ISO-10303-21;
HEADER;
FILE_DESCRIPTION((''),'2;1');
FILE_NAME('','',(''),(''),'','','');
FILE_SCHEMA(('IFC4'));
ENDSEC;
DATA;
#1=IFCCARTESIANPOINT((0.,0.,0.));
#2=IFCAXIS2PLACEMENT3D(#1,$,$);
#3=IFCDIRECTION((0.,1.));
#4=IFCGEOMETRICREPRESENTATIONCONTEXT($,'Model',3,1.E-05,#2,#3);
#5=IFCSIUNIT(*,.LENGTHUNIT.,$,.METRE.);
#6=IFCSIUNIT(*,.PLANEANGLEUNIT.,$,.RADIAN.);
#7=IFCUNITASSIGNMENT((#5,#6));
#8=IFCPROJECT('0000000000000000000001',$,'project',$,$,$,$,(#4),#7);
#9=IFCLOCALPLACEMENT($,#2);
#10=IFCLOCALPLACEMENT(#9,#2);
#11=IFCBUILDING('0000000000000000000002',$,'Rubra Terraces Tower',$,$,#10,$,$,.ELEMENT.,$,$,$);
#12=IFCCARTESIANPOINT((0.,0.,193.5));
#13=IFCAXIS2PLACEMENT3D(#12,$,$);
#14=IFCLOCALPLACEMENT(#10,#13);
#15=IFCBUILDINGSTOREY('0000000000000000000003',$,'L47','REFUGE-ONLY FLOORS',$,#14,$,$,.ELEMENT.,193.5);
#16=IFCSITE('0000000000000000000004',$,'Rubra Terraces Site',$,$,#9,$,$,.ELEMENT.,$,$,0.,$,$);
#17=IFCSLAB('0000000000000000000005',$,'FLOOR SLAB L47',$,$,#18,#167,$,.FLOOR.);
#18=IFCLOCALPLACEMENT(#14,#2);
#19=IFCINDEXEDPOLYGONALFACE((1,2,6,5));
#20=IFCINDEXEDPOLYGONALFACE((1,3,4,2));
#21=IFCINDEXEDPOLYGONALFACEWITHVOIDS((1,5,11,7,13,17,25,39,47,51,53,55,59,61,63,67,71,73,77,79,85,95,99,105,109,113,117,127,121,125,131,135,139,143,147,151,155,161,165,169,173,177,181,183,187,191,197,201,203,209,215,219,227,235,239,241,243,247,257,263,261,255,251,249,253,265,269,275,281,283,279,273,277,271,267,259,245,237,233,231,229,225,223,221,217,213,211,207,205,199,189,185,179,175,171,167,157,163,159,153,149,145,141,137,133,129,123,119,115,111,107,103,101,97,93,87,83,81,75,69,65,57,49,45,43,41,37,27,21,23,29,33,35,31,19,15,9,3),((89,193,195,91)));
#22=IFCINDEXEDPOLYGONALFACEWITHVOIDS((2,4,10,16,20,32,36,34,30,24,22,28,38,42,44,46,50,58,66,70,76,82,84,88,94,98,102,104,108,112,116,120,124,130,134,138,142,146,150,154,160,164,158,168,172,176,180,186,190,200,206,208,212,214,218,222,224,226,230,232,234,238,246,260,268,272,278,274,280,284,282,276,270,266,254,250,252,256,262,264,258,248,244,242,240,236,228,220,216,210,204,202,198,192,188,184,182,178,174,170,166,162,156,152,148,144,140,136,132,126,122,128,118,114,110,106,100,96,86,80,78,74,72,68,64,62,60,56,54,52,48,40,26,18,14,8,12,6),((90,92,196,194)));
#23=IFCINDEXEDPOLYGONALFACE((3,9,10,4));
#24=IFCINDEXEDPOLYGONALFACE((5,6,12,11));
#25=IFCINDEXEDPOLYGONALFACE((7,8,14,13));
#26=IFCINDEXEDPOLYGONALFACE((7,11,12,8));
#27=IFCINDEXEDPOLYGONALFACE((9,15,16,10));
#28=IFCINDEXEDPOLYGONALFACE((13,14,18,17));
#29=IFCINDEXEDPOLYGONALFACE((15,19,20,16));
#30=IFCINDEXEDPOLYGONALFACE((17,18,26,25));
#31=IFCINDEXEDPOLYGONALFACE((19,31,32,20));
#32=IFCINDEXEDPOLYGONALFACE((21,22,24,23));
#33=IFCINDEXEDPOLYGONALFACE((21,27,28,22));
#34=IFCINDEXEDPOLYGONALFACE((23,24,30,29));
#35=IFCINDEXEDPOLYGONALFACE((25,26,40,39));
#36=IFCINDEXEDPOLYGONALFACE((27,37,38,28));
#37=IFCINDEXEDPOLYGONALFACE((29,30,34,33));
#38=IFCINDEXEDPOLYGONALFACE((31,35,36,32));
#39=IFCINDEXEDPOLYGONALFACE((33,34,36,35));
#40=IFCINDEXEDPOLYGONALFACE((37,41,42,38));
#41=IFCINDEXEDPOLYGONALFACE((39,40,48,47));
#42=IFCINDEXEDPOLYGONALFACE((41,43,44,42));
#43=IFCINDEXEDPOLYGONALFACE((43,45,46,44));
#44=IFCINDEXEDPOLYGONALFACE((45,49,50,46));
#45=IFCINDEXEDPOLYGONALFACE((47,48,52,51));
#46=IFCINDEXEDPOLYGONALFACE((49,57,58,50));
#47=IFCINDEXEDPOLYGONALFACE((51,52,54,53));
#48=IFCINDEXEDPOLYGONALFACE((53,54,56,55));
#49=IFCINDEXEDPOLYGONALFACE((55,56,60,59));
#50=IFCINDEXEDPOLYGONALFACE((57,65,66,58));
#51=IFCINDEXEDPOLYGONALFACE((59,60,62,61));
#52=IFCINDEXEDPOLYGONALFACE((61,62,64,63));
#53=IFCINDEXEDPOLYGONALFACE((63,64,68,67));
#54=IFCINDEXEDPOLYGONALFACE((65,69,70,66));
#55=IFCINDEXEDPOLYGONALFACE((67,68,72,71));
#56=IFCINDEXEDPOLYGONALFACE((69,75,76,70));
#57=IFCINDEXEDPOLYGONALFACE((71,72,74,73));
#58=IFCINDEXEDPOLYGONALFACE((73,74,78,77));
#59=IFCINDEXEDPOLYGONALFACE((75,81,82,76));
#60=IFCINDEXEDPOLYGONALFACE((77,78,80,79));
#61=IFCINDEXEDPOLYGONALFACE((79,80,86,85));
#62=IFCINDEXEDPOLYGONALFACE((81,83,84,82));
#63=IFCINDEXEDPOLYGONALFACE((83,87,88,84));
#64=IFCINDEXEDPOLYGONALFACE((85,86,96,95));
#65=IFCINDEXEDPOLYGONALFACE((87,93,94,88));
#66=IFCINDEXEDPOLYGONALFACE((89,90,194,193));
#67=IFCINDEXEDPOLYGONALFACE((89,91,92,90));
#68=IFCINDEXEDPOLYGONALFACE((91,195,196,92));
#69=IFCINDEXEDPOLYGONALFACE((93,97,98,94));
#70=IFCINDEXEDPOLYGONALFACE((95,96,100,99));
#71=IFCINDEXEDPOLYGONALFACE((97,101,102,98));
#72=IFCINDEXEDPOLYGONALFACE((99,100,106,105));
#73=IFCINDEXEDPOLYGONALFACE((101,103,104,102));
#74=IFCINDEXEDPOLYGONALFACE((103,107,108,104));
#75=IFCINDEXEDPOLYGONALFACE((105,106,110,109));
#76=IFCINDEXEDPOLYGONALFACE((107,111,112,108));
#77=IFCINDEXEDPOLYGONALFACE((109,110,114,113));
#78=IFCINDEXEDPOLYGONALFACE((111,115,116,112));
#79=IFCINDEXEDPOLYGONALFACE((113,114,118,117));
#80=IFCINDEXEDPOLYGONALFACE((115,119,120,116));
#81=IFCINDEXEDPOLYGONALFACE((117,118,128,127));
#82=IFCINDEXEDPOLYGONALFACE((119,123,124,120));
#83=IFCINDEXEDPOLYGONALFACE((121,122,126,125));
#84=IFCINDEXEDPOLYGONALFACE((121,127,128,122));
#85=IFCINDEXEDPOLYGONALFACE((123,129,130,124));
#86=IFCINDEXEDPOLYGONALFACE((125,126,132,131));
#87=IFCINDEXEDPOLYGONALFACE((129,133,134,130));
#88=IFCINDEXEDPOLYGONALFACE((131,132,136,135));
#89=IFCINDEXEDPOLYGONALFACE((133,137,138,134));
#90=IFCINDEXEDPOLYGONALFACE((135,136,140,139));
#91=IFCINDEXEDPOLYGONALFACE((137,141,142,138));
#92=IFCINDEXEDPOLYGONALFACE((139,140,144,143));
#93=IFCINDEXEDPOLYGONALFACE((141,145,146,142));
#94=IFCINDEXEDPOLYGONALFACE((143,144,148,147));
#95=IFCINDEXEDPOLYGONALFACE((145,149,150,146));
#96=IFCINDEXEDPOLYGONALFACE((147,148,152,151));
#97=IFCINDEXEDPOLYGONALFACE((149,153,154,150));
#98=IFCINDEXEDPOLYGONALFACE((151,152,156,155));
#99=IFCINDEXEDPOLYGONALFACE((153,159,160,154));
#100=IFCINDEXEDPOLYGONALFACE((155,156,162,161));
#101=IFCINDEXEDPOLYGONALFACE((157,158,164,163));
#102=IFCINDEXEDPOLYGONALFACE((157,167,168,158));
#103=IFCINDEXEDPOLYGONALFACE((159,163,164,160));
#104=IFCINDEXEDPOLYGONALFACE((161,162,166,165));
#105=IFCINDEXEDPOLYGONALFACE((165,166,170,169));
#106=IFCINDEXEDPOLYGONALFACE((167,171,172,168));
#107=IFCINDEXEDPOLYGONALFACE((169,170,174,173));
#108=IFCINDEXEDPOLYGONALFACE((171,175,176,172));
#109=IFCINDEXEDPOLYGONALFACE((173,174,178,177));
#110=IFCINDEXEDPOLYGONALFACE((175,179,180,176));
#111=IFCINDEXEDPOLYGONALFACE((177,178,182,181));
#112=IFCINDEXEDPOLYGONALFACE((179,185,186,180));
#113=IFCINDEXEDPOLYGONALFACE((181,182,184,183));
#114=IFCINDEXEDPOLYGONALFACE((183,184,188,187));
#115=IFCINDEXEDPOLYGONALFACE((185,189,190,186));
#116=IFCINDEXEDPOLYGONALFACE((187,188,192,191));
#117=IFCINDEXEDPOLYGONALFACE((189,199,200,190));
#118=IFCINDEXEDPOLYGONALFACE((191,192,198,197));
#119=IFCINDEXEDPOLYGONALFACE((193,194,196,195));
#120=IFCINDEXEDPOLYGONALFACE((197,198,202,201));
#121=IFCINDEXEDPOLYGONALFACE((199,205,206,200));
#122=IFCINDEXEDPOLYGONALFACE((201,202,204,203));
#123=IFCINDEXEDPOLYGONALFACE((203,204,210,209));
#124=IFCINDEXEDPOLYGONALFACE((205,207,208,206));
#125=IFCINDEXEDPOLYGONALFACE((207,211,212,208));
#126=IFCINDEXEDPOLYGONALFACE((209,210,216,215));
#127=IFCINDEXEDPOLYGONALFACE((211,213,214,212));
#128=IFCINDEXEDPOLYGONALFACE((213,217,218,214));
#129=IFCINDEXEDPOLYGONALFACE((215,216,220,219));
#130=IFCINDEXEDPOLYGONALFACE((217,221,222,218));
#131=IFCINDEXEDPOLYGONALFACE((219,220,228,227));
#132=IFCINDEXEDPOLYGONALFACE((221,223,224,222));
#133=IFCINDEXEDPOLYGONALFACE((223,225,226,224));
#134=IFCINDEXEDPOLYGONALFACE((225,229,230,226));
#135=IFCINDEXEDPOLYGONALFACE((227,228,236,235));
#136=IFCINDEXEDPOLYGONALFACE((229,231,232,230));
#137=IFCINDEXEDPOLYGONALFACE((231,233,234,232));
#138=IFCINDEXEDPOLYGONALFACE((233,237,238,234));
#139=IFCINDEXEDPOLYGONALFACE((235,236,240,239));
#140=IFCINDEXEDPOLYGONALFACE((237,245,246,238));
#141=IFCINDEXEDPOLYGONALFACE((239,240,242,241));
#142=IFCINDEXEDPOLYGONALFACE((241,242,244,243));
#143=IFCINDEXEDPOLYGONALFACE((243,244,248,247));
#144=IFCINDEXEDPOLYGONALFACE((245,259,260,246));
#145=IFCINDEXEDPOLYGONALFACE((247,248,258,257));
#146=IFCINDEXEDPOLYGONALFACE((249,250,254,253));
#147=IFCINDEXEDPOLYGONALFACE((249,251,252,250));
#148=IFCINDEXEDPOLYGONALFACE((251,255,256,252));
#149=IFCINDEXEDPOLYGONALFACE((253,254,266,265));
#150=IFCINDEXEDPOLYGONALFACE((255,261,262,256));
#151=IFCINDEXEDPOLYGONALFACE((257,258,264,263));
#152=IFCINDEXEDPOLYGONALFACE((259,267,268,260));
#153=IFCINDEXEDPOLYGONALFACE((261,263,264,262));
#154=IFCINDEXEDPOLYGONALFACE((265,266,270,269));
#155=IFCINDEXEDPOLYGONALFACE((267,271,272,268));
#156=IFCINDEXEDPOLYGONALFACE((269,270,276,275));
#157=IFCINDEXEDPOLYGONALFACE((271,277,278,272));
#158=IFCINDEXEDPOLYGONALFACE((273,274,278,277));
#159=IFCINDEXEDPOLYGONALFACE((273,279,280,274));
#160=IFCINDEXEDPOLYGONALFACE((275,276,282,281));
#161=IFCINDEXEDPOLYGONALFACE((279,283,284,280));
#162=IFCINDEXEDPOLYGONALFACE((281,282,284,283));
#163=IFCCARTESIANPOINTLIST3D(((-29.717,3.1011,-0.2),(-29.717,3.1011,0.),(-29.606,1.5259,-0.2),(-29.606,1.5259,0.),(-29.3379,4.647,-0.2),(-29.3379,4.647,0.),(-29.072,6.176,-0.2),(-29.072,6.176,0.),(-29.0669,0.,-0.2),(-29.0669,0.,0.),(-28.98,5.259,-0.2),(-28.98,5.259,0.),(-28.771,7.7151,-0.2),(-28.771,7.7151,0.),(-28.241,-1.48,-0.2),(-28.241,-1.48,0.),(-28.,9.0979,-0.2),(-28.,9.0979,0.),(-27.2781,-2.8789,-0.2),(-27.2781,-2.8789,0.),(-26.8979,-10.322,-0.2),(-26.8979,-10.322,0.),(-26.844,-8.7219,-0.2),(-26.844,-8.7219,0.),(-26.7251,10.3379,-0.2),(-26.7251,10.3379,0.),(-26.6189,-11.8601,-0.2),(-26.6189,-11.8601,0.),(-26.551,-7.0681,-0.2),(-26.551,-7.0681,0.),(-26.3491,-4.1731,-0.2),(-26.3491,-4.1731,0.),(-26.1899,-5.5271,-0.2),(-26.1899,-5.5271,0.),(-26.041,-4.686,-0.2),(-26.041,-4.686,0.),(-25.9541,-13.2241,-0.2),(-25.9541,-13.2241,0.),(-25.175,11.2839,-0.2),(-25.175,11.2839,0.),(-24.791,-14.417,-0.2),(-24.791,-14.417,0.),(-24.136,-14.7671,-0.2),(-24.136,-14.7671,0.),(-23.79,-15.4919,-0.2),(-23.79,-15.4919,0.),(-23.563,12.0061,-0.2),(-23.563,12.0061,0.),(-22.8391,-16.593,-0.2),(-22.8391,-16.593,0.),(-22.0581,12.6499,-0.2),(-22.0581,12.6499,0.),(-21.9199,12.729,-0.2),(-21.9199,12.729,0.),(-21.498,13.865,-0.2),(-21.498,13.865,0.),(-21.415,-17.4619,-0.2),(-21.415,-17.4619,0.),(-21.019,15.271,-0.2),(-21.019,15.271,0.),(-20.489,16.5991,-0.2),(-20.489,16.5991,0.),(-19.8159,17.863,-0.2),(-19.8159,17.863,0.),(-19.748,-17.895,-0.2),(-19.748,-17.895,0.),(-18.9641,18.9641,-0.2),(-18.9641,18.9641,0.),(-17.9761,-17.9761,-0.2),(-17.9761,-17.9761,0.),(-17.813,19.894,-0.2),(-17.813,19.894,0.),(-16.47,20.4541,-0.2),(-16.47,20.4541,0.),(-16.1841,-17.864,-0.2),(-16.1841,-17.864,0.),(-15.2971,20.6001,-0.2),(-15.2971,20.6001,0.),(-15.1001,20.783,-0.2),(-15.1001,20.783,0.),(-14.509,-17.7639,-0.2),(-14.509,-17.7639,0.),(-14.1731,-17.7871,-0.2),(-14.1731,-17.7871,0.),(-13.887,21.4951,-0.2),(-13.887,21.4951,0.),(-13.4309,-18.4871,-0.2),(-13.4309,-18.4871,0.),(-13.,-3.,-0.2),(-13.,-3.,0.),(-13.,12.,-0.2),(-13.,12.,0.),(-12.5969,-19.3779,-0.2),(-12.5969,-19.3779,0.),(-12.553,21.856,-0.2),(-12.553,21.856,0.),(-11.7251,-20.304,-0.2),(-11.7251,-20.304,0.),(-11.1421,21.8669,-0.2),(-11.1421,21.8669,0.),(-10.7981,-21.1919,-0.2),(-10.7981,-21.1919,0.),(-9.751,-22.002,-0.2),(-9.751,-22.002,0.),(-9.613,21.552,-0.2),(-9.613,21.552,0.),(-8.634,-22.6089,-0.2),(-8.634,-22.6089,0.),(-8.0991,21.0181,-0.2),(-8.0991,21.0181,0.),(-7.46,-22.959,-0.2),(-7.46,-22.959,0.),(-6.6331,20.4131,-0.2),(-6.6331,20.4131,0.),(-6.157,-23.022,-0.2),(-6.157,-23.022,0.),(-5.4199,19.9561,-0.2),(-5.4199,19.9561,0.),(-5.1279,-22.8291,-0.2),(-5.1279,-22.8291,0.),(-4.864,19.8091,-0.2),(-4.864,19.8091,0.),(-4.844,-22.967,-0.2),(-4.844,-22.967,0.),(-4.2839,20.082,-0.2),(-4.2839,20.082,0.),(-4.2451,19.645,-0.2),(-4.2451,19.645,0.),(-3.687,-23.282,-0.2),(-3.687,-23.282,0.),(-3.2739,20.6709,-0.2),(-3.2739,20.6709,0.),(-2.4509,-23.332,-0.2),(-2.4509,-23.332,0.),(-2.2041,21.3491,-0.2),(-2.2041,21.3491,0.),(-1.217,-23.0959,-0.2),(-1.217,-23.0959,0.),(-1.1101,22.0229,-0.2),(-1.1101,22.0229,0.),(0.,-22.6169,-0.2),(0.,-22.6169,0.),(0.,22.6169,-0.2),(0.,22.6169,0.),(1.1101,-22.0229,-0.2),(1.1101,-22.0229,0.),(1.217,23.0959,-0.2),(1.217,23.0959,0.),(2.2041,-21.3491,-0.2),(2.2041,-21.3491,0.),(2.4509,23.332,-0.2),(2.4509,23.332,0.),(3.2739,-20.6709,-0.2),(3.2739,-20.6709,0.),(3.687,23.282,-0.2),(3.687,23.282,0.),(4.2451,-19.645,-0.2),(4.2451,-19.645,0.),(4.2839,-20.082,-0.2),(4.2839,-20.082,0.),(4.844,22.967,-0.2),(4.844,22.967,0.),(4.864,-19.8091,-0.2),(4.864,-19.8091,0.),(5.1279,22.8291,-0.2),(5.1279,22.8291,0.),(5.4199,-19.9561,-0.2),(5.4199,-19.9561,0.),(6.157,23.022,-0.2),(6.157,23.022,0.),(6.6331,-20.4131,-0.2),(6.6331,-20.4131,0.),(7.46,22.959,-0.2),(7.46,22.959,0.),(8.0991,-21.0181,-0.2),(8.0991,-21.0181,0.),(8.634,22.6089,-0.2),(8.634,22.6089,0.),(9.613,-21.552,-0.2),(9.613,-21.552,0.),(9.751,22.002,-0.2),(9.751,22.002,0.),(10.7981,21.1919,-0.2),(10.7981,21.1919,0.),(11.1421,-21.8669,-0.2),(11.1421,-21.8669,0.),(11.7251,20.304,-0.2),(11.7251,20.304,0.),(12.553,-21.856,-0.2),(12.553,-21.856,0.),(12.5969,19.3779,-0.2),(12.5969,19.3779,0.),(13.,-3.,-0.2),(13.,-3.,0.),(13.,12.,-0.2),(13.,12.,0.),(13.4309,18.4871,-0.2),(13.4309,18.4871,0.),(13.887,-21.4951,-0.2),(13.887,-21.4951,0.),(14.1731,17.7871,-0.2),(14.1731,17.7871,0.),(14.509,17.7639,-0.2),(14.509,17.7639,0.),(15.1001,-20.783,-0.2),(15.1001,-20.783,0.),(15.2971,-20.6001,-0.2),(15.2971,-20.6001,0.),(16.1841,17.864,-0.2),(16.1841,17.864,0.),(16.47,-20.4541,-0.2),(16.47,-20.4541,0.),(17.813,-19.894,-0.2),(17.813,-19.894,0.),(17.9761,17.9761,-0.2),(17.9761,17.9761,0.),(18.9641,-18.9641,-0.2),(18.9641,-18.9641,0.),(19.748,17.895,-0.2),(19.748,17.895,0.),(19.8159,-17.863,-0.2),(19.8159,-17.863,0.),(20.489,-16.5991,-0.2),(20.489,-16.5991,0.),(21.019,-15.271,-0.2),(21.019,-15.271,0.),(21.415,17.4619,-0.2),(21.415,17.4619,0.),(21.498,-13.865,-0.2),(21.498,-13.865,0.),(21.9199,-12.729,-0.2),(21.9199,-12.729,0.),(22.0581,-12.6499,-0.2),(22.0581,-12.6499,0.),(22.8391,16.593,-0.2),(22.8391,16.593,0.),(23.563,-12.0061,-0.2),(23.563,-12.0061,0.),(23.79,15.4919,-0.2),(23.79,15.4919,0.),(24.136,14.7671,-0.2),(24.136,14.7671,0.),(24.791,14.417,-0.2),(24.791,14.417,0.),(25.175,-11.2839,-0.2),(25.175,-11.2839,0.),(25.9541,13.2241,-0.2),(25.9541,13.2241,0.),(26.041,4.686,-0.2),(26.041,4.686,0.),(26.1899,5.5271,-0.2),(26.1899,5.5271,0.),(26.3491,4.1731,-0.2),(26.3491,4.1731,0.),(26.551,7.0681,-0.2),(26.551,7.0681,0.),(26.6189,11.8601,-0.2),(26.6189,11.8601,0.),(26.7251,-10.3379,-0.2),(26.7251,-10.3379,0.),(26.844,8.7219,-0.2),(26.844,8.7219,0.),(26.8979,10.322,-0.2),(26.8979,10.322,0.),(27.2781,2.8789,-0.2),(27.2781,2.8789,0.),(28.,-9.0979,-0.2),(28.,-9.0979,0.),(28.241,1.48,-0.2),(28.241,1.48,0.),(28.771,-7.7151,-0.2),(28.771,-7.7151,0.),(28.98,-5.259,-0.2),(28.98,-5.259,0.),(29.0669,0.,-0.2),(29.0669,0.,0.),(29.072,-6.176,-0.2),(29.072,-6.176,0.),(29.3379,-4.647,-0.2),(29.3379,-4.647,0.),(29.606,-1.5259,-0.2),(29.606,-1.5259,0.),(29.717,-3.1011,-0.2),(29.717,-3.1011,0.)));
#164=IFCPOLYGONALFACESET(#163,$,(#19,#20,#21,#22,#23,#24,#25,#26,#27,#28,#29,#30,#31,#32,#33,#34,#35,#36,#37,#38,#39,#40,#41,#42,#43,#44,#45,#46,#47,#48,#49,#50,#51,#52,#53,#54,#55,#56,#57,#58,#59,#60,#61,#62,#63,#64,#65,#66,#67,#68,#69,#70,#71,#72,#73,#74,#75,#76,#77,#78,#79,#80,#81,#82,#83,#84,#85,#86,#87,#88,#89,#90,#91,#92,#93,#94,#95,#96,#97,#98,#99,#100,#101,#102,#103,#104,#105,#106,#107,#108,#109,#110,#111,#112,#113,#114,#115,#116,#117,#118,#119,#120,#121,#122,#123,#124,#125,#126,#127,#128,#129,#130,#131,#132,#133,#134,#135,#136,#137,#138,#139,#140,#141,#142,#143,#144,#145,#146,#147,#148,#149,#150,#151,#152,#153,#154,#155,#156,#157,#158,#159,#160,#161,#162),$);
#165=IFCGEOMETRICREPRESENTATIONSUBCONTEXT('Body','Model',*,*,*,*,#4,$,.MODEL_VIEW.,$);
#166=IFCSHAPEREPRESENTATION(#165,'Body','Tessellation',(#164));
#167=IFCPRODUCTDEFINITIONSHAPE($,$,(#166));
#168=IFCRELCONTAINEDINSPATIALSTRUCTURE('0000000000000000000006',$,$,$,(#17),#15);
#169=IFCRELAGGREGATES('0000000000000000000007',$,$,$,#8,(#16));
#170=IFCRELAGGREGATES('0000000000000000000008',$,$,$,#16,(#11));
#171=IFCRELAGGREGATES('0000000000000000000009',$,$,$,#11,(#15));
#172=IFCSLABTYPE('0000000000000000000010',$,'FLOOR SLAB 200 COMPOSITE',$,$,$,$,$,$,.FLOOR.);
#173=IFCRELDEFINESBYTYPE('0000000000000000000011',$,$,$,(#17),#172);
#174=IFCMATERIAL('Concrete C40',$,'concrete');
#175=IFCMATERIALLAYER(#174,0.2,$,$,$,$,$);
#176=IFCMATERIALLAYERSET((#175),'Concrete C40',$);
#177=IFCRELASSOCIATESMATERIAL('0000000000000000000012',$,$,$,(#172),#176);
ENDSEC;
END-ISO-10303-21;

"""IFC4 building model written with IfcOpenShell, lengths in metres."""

from ifc_helpers import new_model, si_unit, direction, frame, origin, place, context, subcontext, project, spatial, polyline, outline, extrude, material, layer, layer_set, type_object, element, save


model = new_model("IFC4")

# Units and contexts
model_context = context("Model", 3, precision=1e-05, world=origin(), true_north=direction((0.0, 1.0)))
body_context = subcontext(model_context, "Body", "Model", "MODEL_VIEW")
ifc_project = project(units=[si_unit("LENGTHUNIT", "METRE"), si_unit("PLANEANGLEUNIT", "RADIAN")], contexts=[model_context])

# Site, building, storey
site_placement = place(None, origin())
site = spatial("IfcSite", under=ifc_project, at=site_placement, Name="Rubra Terraces Site", CompositionType="ELEMENT", RefElevation=0.0)
building_placement = place(site_placement, origin())
building = spatial("IfcBuilding", under=site, at=building_placement, Name="Rubra Terraces Tower", CompositionType="ELEMENT")
storey_placement = place(building_placement, frame((0.0, 0.0, 193.5)))
storey = spatial("IfcBuildingStorey", under=building, at=storey_placement, Name="L47", Description="REFUGE-ONLY FLOORS", CompositionType="ELEMENT", Elevation=193.5)

# Shared definitions
ifc_material_1 = material(Name="Concrete C40", Category="concrete")

# Slab
ifc_layer_1 = layer(ifc_material_1, 0.2)
ifc_layer_set_1 = layer_set([ifc_layer_1], Name="Concrete C40")
slab_type_1 = type_object("IfcSlabType", Name="FLOOR SLAB 200 COMPOSITE", PredefinedType="FLOOR", material=ifc_layer_set_1)
slab_1_placement = place(storey_placement, frame((0.0, 0.0, -0.2)))
element("IfcSlab", 1, at=slab_1_placement, inside=storey, type_object=slab_type_1, Name="FLOOR SLAB L47", PredefinedType="FLOOR", context=body_context, shape_type="SweptSolid", body=[
    extrude(outline(polyline([(15.1001, -20.783), (15.2971, -20.6001), (16.47, -20.4541), (17.813, -19.894), (18.9641, -18.9641), (19.8159, -17.863), (20.489, -16.5991), (21.019, -15.271), (21.498, -13.865), (21.9199, -12.729), (22.0581, -12.6499), (23.563, -12.0061), (25.175, -11.2839), (26.7251, -10.3379), (28.0, -9.0979), (28.771, -7.7151), (29.072, -6.176), (28.98, -5.259), (29.3379, -4.647), (29.717, -3.1011), (29.606, -1.5259), (29.0669, 0.0), (28.241, 1.48), (27.2781, 2.8789), (26.3491, 4.1731), (26.041, 4.686), (26.1899, 5.5271), (26.551, 7.0681), (26.844, 8.7219), (26.8979, 10.322), (26.6189, 11.8601), (25.9541, 13.2241), (24.791, 14.417), (24.136, 14.7671), (23.79, 15.4919), (22.8391, 16.593), (21.415, 17.4619), (19.748, 17.895), (17.9761, 17.9761), (16.1841, 17.864), (14.509, 17.7639), (14.1731, 17.7871), (13.4309, 18.4871), (12.5969, 19.3779), (11.7251, 20.304), (10.7981, 21.1919), (9.751, 22.002), (8.634, 22.6089), (7.46, 22.959), (6.157, 23.022), (5.1279, 22.8291), (4.844, 22.967), (3.687, 23.282), (2.4509, 23.332), (1.217, 23.0959), (0.0, 22.6169), (-1.1101, 22.0229), (-2.2041, 21.3491), (-3.2739, 20.6709), (-4.2839, 20.082), (-4.864, 19.8091), (-4.2451, 19.645), (-5.4199, 19.9561), (-6.6331, 20.4131), (-8.0991, 21.0181), (-9.613, 21.552), (-11.1421, 21.8669), (-12.553, 21.856), (-13.887, 21.4951), (-15.1001, 20.783), (-15.2971, 20.6001), (-16.47, 20.4541), (-17.813, 19.894), (-18.9641, 18.9641), (-19.8159, 17.863), (-20.489, 16.5991), (-21.019, 15.271), (-21.498, 13.865), (-21.9199, 12.729), (-22.0581, 12.6499), (-23.563, 12.0061), (-25.175, 11.2839), (-26.7251, 10.3379), (-28.0, 9.0979), (-28.771, 7.7151), (-29.072, 6.176), (-28.98, 5.259), (-29.3379, 4.647), (-29.717, 3.1011), (-29.606, 1.5259), (-29.0669, 0.0), (-28.241, -1.48), (-27.2781, -2.8789), (-26.3491, -4.1731), (-26.041, -4.686), (-26.1899, -5.5271), (-26.551, -7.0681), (-26.844, -8.7219), (-26.8979, -10.322), (-26.6189, -11.8601), (-25.9541, -13.2241), (-24.791, -14.417), (-24.136, -14.7671), (-23.79, -15.4919), (-22.8391, -16.593), (-21.415, -17.4619), (-19.748, -17.895), (-17.9761, -17.9761), (-16.1841, -17.864), (-14.509, -17.7639), (-14.1731, -17.7871), (-13.4309, -18.4871), (-12.5969, -19.3779), (-11.7251, -20.304), (-10.7981, -21.1919), (-9.751, -22.002), (-8.634, -22.6089), (-7.46, -22.959), (-6.157, -23.022), (-5.1279, -22.8291), (-4.844, -22.967), (-3.687, -23.282), (-2.4509, -23.332), (-1.217, -23.0959), (0.0, -22.6169), (1.1101, -22.0229), (2.2041, -21.3491), (3.2739, -20.6709), (4.2839, -20.082), (4.864, -19.8091), (4.2451, -19.645), (5.4199, -19.9561), (6.6331, -20.4131), (8.0991, -21.0181), (9.613, -21.552), (11.1421, -21.8669), (12.553, -21.856), (13.887, -21.4951), (15.1001, -20.783)]), holes=[polyline([(13.0, 12.0), (13.0, -3.0), (-13.0, -3.0), (-13.0, 12.0), (13.0, 12.0)])]), origin(), (0.0, 0.0, 1.0), 0.2),
])

save(model, "model.ifc")
